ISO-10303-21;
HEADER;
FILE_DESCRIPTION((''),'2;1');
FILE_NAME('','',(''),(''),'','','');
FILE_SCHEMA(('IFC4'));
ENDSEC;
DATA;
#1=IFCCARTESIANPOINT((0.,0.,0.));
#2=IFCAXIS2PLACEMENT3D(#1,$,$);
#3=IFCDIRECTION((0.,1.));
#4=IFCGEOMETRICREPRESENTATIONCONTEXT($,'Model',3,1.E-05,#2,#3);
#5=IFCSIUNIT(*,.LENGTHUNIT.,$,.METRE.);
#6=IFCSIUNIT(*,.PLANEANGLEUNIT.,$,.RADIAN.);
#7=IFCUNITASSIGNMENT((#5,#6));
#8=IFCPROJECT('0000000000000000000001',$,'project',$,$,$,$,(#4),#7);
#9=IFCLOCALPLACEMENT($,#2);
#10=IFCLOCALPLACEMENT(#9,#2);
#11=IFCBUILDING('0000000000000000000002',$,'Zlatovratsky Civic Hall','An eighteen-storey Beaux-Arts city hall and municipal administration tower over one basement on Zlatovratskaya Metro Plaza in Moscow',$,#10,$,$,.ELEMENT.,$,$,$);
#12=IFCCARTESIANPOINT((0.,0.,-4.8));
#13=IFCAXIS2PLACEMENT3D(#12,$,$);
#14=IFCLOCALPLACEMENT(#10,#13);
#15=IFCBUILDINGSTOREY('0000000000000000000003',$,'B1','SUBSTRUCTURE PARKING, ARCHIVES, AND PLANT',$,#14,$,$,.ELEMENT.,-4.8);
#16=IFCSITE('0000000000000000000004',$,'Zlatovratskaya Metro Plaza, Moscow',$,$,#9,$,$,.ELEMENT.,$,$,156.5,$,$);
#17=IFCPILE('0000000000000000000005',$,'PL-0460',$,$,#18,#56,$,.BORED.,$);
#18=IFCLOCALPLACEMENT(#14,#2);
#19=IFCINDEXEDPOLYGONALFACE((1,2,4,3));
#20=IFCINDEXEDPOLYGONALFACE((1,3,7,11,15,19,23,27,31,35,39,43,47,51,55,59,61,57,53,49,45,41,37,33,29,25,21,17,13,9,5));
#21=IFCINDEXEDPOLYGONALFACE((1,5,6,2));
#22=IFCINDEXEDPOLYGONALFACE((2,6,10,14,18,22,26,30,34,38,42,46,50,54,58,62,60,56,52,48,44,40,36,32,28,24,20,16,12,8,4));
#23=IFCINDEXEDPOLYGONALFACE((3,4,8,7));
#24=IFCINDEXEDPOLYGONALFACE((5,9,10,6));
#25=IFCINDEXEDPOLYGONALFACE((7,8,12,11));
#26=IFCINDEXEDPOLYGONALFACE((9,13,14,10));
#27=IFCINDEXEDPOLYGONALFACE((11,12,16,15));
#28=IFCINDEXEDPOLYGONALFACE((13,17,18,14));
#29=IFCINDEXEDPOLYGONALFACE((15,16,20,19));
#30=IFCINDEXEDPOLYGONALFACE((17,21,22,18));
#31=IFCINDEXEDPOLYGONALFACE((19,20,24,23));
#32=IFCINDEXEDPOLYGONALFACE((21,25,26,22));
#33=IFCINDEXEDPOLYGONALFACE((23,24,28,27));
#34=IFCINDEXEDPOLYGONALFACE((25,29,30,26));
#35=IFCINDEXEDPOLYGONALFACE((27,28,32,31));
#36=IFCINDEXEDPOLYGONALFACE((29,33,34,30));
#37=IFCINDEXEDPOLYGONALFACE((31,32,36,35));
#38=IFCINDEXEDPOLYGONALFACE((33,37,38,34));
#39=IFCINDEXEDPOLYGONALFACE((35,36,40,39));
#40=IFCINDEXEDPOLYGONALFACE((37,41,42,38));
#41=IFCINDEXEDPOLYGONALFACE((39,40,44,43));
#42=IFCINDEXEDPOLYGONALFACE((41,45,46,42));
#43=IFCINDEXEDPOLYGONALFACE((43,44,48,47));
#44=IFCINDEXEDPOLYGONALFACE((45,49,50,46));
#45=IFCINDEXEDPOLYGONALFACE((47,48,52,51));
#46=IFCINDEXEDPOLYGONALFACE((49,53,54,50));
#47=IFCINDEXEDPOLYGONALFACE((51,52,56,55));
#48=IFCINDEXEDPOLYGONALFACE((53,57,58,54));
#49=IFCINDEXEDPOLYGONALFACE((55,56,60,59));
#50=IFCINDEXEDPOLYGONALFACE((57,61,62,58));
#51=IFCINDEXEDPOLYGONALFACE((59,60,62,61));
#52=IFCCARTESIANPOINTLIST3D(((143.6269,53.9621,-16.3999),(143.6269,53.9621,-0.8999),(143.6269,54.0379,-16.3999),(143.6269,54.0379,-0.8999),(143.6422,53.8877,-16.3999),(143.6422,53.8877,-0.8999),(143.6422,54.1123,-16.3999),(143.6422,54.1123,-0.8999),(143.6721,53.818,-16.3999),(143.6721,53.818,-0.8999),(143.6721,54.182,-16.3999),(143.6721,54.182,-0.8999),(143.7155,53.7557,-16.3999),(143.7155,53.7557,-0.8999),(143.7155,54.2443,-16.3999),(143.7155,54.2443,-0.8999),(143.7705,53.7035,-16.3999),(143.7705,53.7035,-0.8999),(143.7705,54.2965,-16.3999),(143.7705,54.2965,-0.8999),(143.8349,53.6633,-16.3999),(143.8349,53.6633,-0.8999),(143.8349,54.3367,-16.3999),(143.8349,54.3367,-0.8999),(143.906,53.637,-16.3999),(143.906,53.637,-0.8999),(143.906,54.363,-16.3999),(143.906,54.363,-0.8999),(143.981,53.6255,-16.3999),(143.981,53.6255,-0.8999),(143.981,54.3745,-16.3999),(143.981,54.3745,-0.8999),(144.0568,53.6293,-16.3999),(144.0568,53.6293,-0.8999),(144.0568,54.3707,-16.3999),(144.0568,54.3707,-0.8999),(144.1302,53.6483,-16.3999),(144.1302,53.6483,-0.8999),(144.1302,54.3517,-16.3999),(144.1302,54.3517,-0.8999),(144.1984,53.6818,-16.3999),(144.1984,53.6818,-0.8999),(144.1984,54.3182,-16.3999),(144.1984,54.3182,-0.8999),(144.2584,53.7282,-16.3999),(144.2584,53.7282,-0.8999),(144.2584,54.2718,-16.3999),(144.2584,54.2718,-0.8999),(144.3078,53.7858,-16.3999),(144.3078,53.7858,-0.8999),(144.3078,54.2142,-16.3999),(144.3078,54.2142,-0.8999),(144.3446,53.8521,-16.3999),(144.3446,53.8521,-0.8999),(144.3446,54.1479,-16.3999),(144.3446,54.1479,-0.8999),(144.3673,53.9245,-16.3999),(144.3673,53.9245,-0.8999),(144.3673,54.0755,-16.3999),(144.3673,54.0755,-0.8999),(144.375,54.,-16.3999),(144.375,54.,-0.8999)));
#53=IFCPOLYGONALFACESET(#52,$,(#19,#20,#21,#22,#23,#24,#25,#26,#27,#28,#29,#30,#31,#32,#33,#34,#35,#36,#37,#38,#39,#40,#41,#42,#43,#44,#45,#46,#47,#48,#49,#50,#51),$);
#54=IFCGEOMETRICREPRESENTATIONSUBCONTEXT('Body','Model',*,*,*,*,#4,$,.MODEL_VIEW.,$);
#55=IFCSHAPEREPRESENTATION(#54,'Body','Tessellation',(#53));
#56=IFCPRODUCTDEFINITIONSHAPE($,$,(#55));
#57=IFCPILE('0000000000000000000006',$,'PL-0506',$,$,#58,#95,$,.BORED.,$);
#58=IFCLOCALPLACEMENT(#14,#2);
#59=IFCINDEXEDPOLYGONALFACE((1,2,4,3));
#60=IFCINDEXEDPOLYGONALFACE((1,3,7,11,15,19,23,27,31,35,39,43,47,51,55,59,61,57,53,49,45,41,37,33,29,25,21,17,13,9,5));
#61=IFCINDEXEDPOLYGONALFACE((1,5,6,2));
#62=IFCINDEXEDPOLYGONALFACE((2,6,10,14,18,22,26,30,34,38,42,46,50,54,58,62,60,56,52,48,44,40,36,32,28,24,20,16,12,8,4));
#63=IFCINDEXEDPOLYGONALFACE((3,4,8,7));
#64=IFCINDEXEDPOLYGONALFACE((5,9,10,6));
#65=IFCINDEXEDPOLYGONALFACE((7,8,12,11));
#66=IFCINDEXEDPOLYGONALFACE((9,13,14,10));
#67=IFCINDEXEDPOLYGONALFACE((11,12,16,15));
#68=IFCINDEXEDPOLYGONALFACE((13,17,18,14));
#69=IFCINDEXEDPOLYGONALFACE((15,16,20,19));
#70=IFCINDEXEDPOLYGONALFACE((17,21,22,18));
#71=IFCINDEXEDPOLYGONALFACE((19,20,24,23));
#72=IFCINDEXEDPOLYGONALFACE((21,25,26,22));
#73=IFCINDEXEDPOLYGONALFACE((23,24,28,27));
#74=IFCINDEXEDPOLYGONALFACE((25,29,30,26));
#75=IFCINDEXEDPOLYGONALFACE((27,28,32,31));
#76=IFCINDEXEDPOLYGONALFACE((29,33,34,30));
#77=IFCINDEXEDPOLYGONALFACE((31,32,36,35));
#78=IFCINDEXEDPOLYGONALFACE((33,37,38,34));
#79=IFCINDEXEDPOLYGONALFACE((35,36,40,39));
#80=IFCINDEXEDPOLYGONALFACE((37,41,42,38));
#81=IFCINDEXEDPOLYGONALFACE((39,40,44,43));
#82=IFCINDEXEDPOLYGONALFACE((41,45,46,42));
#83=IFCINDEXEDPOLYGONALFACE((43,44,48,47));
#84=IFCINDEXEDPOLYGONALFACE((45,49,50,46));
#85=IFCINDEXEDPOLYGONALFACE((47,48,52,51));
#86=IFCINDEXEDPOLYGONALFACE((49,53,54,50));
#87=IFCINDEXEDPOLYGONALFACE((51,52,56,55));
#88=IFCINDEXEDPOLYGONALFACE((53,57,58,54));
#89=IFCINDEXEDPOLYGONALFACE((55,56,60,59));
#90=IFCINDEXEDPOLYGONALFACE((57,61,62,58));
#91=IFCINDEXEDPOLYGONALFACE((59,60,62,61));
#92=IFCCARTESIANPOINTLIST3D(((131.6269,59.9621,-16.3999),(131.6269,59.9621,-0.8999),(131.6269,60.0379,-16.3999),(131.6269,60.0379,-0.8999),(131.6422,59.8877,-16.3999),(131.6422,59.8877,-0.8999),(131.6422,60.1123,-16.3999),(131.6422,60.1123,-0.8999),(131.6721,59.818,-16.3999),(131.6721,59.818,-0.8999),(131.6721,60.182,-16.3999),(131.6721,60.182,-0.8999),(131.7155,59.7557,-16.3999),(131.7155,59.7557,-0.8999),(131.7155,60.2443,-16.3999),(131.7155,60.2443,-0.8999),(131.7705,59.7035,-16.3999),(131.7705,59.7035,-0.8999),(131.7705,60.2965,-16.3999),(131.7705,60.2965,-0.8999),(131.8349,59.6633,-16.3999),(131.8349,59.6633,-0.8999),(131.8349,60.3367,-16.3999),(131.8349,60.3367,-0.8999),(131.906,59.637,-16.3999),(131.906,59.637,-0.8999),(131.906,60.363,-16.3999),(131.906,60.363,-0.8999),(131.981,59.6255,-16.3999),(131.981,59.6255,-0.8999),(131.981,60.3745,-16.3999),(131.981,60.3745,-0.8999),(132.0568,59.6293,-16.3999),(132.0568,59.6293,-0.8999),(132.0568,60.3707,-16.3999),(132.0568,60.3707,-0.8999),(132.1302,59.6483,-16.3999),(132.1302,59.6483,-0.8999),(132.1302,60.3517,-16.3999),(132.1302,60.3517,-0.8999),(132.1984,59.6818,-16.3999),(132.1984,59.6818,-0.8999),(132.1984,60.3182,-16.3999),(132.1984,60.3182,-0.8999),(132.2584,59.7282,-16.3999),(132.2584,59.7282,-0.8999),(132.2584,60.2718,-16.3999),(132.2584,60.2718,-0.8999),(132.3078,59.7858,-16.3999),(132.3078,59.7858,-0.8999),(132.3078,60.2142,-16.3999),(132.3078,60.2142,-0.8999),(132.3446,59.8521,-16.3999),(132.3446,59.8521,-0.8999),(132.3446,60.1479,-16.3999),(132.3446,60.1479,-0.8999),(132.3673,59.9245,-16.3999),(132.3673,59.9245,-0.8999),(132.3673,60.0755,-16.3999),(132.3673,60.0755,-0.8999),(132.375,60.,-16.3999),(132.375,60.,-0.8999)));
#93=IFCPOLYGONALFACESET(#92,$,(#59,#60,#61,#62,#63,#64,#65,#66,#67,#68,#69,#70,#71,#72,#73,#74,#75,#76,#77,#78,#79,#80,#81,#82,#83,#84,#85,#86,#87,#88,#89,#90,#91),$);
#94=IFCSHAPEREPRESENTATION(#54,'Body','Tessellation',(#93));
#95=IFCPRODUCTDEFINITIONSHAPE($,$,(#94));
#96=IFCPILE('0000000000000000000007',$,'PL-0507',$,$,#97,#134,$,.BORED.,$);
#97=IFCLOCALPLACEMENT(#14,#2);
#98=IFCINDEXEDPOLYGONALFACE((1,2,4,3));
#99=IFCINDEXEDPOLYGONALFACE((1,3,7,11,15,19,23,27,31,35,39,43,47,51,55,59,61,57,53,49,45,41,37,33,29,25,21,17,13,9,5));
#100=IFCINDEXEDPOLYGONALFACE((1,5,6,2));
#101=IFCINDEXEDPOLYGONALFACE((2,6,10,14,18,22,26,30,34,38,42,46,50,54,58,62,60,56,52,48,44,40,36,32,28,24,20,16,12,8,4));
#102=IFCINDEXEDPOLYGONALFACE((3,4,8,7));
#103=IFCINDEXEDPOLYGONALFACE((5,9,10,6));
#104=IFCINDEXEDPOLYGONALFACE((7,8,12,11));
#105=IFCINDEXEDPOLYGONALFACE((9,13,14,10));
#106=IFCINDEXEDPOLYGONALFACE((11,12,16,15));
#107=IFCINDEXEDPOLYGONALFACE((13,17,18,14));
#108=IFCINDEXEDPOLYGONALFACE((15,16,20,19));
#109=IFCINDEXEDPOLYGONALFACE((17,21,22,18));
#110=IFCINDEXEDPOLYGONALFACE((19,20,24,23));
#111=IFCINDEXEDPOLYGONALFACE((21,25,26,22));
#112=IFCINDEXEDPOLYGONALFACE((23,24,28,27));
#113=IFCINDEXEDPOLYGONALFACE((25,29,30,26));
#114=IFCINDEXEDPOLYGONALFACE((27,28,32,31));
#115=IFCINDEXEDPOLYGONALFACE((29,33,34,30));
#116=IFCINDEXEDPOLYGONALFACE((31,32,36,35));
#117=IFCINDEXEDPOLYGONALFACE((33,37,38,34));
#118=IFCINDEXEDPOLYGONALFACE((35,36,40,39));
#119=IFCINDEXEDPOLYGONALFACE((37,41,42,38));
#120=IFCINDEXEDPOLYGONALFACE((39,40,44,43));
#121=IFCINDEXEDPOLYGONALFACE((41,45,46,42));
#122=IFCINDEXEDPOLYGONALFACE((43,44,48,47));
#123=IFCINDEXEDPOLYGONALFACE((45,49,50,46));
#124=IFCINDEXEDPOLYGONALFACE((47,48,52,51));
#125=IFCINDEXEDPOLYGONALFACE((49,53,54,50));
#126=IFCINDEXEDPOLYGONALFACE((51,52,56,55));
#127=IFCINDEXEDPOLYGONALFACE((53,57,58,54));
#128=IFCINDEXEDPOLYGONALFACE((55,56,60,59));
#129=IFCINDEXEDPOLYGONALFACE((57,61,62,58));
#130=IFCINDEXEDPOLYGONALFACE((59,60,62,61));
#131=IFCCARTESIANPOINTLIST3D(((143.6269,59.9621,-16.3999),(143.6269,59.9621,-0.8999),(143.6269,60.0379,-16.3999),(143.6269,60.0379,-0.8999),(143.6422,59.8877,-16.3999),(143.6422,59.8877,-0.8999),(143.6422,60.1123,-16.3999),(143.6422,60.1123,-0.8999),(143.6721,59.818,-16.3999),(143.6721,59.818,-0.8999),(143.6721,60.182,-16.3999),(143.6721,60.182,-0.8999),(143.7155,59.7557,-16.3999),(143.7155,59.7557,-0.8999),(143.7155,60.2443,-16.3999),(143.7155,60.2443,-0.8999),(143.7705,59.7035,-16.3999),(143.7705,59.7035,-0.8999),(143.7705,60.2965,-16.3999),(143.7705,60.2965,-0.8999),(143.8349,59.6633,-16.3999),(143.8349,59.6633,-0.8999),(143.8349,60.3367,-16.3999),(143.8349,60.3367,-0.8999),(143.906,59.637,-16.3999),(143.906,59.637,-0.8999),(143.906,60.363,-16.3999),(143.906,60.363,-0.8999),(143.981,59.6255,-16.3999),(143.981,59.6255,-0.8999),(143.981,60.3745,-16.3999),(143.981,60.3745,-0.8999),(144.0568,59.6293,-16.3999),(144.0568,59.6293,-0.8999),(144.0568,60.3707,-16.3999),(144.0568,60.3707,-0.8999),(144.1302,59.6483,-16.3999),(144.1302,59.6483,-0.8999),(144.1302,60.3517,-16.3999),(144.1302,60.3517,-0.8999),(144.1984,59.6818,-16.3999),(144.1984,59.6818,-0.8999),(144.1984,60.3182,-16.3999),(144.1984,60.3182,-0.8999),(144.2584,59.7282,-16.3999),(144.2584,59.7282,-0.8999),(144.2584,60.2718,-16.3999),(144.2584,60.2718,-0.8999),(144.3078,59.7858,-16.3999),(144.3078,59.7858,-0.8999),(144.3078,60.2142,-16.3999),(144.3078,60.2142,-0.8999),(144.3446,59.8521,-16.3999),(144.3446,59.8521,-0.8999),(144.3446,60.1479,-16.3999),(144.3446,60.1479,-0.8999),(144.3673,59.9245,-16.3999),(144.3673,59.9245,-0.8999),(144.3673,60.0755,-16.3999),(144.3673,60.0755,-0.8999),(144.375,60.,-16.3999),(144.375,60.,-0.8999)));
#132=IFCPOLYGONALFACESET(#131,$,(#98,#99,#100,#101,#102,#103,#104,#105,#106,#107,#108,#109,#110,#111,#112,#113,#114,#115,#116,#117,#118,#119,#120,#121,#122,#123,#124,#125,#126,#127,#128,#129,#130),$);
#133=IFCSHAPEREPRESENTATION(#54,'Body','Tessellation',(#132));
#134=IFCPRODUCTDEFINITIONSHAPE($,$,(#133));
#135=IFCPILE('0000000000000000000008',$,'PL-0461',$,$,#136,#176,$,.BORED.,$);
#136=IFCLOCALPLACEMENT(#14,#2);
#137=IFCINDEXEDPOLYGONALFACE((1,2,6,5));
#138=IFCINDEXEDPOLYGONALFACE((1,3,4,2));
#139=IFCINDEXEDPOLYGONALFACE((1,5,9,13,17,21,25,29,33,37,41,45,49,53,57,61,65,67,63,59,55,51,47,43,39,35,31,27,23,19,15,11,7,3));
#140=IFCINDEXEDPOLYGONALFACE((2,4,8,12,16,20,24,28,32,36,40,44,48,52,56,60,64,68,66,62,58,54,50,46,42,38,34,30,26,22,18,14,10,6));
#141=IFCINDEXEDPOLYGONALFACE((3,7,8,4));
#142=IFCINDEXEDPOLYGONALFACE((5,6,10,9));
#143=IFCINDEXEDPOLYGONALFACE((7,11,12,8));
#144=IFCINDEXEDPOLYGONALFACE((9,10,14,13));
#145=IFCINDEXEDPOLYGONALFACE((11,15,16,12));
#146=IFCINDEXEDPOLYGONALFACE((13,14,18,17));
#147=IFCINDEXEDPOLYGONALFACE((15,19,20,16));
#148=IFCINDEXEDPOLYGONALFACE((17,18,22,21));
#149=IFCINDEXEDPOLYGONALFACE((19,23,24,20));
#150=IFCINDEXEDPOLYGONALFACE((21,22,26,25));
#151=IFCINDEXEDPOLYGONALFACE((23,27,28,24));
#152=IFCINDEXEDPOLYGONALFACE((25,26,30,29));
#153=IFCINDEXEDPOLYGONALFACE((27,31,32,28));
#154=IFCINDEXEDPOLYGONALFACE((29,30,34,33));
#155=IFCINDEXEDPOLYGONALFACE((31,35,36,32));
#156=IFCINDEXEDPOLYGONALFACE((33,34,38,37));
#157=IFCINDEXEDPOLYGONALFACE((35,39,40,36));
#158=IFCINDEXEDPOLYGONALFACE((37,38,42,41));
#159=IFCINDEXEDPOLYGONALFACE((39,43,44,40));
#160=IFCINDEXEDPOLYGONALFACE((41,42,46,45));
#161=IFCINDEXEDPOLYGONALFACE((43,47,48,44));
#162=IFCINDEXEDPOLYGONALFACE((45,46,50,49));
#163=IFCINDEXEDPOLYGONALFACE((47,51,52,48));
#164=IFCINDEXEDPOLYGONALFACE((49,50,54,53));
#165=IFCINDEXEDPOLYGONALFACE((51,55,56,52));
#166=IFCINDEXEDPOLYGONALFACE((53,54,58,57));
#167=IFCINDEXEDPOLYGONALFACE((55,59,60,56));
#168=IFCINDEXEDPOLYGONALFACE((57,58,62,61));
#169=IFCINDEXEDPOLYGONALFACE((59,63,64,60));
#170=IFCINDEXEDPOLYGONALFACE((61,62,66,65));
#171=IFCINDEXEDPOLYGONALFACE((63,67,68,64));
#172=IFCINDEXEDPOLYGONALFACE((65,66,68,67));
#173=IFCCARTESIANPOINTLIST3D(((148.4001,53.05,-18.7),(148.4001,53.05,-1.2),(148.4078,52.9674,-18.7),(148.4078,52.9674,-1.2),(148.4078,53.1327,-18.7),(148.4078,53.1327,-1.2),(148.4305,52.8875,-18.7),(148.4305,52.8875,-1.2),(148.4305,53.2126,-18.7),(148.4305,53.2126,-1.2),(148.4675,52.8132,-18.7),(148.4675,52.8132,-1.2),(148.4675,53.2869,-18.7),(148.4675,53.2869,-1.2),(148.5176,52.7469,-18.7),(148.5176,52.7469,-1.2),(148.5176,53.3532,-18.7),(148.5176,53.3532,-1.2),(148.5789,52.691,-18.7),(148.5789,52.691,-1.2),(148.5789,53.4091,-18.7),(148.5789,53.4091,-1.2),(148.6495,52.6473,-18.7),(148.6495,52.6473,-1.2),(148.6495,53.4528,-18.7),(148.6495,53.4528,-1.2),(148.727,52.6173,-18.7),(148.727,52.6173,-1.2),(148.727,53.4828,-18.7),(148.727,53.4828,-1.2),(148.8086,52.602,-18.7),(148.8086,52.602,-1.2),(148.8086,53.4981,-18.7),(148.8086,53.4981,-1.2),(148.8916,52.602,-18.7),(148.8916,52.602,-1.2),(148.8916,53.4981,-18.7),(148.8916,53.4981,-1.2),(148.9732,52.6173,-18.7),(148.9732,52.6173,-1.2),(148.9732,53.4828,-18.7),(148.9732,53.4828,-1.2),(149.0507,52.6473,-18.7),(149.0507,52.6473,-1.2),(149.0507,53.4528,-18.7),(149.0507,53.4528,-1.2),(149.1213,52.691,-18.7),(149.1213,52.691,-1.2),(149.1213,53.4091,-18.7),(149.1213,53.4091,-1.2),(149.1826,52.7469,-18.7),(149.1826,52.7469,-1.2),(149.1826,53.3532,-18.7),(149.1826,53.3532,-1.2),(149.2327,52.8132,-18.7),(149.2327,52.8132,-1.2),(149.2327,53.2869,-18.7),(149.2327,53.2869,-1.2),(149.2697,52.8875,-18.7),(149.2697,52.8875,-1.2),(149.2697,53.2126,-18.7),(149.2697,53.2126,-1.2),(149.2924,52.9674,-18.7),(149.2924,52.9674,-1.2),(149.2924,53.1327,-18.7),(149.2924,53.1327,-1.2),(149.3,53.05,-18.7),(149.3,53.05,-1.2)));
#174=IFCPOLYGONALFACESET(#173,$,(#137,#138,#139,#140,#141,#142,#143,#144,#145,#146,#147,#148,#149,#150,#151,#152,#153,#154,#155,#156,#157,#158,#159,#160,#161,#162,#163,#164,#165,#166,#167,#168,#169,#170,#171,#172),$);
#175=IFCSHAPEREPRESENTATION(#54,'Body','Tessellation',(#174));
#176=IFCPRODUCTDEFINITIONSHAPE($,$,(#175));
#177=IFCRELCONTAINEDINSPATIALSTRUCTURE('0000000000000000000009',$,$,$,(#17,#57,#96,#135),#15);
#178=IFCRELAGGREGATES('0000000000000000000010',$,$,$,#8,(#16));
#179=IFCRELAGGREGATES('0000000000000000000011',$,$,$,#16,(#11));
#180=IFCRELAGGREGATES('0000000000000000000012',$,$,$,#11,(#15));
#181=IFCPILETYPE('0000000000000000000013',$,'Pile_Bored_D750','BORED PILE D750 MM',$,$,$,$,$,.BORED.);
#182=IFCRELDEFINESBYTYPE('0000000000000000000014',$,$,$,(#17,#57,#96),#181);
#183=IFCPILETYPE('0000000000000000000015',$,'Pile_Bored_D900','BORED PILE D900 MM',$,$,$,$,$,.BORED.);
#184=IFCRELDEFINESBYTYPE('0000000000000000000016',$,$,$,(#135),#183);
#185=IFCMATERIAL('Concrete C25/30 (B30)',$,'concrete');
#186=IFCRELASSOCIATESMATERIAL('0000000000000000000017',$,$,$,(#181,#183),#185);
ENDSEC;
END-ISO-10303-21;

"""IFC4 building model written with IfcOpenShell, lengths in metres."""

from ifc_helpers import new_model, si_unit, direction, frame, origin, origin_2d, place, context, subcontext, project, spatial, circle, extrude, material, material_profile, profile_set, type_object, element, save


model = new_model("IFC4")

# Units and contexts
model_context = context("Model", 3, precision=1e-05, world=origin(), true_north=direction((0.0, 1.0)))
body_context = subcontext(model_context, "Body", "Model", "MODEL_VIEW")
ifc_project = project(units=[si_unit("LENGTHUNIT", "METRE"), si_unit("PLANEANGLEUNIT", "RADIAN")], contexts=[model_context])

# Site, building, storey
site_placement = place(None, origin())
site = spatial("IfcSite", under=ifc_project, at=site_placement, Name="Zlatovratskaya Metro Plaza, Moscow", CompositionType="ELEMENT", RefElevation=156.5)
building_placement = place(site_placement, origin())
building = spatial("IfcBuilding", under=site, at=building_placement, Name="Zlatovratsky Civic Hall", Description="An eighteen-storey Beaux-Arts city hall and municipal administration tower over one basement on Zlatovratskaya Metro Plaza in Moscow", CompositionType="ELEMENT")
storey_placement = place(building_placement, frame((0.0, 0.0, -4.8)))
storey = spatial("IfcBuildingStorey", under=building, at=storey_placement, Name="B1", Description="SUBSTRUCTURE PARKING, ARCHIVES, AND PLANT", CompositionType="ELEMENT", Elevation=-4.8)

# Shared definitions
ifc_material_1 = material(Name="Concrete C25/30 (B30)", Category="concrete")

# Piles
ifc_material_profile_1 = material_profile(ifc_material_1, circle(Radius=0.375, at=origin_2d()), Name="PILE D750")
ifc_profile_set_1 = profile_set([ifc_material_profile_1], Name="Concrete C25/30 (B30)")
pile_type_1 = type_object("IfcPileType", Name="Pile_Bored_D750", Description="BORED PILE D750 MM", PredefinedType="BORED", material=ifc_profile_set_1)
for number, where, z_axis, x_axis, name in (
    (1, (144.0, 54.0, -0.8999), (0.0, 0.0, -1.0), (1.0, 0.0, 0.0), "PL-0460"),
    (2, (132.0, 60.0, -0.8999), (0.0, 0.0, -1.0), (1.0, 0.0, 0.0), "PL-0506"),
    (3, (144.0, 60.0, -0.8999), (0.0, 0.0, -1.0), (1.0, 0.0, 0.0), "PL-0507"),
):
    element("IfcPile", number, at=place(storey_placement, frame(where, z_axis=z_axis, x_axis=x_axis)), inside=storey, type_object=pile_type_1, Name=name, PredefinedType="BORED", context=body_context, shape_type="SweptSolid", body=[
        extrude(circle(Radius=0.375, at=origin_2d()), origin(), (0.0, 0.0, 1.0), 15.5),
    ])
ifc_material_profile_2 = material_profile(ifc_material_1, circle(Radius=0.45, at=origin_2d()), Name="PILE D900")
ifc_profile_set_2 = profile_set([ifc_material_profile_2], Name="Concrete C25/30 (B30)")
pile_type_2 = type_object("IfcPileType", Name="Pile_Bored_D900", Description="BORED PILE D900 MM", PredefinedType="BORED", material=ifc_profile_set_2)
pile_placement = place(storey_placement, frame((148.8501, 53.05, -1.2), z_axis=(0.0, 0.0, -1.0), x_axis=(1.0, 0.0, 0.0)))
element("IfcPile", 4, at=pile_placement, inside=storey, type_object=pile_type_2, Name="PL-0461", PredefinedType="BORED", context=body_context, shape_type="SweptSolid", body=[
    extrude(circle(Radius=0.45, at=origin_2d()), origin(), (0.0, 0.0, 1.0), 17.5),
])

save(model, "model.ifc")
